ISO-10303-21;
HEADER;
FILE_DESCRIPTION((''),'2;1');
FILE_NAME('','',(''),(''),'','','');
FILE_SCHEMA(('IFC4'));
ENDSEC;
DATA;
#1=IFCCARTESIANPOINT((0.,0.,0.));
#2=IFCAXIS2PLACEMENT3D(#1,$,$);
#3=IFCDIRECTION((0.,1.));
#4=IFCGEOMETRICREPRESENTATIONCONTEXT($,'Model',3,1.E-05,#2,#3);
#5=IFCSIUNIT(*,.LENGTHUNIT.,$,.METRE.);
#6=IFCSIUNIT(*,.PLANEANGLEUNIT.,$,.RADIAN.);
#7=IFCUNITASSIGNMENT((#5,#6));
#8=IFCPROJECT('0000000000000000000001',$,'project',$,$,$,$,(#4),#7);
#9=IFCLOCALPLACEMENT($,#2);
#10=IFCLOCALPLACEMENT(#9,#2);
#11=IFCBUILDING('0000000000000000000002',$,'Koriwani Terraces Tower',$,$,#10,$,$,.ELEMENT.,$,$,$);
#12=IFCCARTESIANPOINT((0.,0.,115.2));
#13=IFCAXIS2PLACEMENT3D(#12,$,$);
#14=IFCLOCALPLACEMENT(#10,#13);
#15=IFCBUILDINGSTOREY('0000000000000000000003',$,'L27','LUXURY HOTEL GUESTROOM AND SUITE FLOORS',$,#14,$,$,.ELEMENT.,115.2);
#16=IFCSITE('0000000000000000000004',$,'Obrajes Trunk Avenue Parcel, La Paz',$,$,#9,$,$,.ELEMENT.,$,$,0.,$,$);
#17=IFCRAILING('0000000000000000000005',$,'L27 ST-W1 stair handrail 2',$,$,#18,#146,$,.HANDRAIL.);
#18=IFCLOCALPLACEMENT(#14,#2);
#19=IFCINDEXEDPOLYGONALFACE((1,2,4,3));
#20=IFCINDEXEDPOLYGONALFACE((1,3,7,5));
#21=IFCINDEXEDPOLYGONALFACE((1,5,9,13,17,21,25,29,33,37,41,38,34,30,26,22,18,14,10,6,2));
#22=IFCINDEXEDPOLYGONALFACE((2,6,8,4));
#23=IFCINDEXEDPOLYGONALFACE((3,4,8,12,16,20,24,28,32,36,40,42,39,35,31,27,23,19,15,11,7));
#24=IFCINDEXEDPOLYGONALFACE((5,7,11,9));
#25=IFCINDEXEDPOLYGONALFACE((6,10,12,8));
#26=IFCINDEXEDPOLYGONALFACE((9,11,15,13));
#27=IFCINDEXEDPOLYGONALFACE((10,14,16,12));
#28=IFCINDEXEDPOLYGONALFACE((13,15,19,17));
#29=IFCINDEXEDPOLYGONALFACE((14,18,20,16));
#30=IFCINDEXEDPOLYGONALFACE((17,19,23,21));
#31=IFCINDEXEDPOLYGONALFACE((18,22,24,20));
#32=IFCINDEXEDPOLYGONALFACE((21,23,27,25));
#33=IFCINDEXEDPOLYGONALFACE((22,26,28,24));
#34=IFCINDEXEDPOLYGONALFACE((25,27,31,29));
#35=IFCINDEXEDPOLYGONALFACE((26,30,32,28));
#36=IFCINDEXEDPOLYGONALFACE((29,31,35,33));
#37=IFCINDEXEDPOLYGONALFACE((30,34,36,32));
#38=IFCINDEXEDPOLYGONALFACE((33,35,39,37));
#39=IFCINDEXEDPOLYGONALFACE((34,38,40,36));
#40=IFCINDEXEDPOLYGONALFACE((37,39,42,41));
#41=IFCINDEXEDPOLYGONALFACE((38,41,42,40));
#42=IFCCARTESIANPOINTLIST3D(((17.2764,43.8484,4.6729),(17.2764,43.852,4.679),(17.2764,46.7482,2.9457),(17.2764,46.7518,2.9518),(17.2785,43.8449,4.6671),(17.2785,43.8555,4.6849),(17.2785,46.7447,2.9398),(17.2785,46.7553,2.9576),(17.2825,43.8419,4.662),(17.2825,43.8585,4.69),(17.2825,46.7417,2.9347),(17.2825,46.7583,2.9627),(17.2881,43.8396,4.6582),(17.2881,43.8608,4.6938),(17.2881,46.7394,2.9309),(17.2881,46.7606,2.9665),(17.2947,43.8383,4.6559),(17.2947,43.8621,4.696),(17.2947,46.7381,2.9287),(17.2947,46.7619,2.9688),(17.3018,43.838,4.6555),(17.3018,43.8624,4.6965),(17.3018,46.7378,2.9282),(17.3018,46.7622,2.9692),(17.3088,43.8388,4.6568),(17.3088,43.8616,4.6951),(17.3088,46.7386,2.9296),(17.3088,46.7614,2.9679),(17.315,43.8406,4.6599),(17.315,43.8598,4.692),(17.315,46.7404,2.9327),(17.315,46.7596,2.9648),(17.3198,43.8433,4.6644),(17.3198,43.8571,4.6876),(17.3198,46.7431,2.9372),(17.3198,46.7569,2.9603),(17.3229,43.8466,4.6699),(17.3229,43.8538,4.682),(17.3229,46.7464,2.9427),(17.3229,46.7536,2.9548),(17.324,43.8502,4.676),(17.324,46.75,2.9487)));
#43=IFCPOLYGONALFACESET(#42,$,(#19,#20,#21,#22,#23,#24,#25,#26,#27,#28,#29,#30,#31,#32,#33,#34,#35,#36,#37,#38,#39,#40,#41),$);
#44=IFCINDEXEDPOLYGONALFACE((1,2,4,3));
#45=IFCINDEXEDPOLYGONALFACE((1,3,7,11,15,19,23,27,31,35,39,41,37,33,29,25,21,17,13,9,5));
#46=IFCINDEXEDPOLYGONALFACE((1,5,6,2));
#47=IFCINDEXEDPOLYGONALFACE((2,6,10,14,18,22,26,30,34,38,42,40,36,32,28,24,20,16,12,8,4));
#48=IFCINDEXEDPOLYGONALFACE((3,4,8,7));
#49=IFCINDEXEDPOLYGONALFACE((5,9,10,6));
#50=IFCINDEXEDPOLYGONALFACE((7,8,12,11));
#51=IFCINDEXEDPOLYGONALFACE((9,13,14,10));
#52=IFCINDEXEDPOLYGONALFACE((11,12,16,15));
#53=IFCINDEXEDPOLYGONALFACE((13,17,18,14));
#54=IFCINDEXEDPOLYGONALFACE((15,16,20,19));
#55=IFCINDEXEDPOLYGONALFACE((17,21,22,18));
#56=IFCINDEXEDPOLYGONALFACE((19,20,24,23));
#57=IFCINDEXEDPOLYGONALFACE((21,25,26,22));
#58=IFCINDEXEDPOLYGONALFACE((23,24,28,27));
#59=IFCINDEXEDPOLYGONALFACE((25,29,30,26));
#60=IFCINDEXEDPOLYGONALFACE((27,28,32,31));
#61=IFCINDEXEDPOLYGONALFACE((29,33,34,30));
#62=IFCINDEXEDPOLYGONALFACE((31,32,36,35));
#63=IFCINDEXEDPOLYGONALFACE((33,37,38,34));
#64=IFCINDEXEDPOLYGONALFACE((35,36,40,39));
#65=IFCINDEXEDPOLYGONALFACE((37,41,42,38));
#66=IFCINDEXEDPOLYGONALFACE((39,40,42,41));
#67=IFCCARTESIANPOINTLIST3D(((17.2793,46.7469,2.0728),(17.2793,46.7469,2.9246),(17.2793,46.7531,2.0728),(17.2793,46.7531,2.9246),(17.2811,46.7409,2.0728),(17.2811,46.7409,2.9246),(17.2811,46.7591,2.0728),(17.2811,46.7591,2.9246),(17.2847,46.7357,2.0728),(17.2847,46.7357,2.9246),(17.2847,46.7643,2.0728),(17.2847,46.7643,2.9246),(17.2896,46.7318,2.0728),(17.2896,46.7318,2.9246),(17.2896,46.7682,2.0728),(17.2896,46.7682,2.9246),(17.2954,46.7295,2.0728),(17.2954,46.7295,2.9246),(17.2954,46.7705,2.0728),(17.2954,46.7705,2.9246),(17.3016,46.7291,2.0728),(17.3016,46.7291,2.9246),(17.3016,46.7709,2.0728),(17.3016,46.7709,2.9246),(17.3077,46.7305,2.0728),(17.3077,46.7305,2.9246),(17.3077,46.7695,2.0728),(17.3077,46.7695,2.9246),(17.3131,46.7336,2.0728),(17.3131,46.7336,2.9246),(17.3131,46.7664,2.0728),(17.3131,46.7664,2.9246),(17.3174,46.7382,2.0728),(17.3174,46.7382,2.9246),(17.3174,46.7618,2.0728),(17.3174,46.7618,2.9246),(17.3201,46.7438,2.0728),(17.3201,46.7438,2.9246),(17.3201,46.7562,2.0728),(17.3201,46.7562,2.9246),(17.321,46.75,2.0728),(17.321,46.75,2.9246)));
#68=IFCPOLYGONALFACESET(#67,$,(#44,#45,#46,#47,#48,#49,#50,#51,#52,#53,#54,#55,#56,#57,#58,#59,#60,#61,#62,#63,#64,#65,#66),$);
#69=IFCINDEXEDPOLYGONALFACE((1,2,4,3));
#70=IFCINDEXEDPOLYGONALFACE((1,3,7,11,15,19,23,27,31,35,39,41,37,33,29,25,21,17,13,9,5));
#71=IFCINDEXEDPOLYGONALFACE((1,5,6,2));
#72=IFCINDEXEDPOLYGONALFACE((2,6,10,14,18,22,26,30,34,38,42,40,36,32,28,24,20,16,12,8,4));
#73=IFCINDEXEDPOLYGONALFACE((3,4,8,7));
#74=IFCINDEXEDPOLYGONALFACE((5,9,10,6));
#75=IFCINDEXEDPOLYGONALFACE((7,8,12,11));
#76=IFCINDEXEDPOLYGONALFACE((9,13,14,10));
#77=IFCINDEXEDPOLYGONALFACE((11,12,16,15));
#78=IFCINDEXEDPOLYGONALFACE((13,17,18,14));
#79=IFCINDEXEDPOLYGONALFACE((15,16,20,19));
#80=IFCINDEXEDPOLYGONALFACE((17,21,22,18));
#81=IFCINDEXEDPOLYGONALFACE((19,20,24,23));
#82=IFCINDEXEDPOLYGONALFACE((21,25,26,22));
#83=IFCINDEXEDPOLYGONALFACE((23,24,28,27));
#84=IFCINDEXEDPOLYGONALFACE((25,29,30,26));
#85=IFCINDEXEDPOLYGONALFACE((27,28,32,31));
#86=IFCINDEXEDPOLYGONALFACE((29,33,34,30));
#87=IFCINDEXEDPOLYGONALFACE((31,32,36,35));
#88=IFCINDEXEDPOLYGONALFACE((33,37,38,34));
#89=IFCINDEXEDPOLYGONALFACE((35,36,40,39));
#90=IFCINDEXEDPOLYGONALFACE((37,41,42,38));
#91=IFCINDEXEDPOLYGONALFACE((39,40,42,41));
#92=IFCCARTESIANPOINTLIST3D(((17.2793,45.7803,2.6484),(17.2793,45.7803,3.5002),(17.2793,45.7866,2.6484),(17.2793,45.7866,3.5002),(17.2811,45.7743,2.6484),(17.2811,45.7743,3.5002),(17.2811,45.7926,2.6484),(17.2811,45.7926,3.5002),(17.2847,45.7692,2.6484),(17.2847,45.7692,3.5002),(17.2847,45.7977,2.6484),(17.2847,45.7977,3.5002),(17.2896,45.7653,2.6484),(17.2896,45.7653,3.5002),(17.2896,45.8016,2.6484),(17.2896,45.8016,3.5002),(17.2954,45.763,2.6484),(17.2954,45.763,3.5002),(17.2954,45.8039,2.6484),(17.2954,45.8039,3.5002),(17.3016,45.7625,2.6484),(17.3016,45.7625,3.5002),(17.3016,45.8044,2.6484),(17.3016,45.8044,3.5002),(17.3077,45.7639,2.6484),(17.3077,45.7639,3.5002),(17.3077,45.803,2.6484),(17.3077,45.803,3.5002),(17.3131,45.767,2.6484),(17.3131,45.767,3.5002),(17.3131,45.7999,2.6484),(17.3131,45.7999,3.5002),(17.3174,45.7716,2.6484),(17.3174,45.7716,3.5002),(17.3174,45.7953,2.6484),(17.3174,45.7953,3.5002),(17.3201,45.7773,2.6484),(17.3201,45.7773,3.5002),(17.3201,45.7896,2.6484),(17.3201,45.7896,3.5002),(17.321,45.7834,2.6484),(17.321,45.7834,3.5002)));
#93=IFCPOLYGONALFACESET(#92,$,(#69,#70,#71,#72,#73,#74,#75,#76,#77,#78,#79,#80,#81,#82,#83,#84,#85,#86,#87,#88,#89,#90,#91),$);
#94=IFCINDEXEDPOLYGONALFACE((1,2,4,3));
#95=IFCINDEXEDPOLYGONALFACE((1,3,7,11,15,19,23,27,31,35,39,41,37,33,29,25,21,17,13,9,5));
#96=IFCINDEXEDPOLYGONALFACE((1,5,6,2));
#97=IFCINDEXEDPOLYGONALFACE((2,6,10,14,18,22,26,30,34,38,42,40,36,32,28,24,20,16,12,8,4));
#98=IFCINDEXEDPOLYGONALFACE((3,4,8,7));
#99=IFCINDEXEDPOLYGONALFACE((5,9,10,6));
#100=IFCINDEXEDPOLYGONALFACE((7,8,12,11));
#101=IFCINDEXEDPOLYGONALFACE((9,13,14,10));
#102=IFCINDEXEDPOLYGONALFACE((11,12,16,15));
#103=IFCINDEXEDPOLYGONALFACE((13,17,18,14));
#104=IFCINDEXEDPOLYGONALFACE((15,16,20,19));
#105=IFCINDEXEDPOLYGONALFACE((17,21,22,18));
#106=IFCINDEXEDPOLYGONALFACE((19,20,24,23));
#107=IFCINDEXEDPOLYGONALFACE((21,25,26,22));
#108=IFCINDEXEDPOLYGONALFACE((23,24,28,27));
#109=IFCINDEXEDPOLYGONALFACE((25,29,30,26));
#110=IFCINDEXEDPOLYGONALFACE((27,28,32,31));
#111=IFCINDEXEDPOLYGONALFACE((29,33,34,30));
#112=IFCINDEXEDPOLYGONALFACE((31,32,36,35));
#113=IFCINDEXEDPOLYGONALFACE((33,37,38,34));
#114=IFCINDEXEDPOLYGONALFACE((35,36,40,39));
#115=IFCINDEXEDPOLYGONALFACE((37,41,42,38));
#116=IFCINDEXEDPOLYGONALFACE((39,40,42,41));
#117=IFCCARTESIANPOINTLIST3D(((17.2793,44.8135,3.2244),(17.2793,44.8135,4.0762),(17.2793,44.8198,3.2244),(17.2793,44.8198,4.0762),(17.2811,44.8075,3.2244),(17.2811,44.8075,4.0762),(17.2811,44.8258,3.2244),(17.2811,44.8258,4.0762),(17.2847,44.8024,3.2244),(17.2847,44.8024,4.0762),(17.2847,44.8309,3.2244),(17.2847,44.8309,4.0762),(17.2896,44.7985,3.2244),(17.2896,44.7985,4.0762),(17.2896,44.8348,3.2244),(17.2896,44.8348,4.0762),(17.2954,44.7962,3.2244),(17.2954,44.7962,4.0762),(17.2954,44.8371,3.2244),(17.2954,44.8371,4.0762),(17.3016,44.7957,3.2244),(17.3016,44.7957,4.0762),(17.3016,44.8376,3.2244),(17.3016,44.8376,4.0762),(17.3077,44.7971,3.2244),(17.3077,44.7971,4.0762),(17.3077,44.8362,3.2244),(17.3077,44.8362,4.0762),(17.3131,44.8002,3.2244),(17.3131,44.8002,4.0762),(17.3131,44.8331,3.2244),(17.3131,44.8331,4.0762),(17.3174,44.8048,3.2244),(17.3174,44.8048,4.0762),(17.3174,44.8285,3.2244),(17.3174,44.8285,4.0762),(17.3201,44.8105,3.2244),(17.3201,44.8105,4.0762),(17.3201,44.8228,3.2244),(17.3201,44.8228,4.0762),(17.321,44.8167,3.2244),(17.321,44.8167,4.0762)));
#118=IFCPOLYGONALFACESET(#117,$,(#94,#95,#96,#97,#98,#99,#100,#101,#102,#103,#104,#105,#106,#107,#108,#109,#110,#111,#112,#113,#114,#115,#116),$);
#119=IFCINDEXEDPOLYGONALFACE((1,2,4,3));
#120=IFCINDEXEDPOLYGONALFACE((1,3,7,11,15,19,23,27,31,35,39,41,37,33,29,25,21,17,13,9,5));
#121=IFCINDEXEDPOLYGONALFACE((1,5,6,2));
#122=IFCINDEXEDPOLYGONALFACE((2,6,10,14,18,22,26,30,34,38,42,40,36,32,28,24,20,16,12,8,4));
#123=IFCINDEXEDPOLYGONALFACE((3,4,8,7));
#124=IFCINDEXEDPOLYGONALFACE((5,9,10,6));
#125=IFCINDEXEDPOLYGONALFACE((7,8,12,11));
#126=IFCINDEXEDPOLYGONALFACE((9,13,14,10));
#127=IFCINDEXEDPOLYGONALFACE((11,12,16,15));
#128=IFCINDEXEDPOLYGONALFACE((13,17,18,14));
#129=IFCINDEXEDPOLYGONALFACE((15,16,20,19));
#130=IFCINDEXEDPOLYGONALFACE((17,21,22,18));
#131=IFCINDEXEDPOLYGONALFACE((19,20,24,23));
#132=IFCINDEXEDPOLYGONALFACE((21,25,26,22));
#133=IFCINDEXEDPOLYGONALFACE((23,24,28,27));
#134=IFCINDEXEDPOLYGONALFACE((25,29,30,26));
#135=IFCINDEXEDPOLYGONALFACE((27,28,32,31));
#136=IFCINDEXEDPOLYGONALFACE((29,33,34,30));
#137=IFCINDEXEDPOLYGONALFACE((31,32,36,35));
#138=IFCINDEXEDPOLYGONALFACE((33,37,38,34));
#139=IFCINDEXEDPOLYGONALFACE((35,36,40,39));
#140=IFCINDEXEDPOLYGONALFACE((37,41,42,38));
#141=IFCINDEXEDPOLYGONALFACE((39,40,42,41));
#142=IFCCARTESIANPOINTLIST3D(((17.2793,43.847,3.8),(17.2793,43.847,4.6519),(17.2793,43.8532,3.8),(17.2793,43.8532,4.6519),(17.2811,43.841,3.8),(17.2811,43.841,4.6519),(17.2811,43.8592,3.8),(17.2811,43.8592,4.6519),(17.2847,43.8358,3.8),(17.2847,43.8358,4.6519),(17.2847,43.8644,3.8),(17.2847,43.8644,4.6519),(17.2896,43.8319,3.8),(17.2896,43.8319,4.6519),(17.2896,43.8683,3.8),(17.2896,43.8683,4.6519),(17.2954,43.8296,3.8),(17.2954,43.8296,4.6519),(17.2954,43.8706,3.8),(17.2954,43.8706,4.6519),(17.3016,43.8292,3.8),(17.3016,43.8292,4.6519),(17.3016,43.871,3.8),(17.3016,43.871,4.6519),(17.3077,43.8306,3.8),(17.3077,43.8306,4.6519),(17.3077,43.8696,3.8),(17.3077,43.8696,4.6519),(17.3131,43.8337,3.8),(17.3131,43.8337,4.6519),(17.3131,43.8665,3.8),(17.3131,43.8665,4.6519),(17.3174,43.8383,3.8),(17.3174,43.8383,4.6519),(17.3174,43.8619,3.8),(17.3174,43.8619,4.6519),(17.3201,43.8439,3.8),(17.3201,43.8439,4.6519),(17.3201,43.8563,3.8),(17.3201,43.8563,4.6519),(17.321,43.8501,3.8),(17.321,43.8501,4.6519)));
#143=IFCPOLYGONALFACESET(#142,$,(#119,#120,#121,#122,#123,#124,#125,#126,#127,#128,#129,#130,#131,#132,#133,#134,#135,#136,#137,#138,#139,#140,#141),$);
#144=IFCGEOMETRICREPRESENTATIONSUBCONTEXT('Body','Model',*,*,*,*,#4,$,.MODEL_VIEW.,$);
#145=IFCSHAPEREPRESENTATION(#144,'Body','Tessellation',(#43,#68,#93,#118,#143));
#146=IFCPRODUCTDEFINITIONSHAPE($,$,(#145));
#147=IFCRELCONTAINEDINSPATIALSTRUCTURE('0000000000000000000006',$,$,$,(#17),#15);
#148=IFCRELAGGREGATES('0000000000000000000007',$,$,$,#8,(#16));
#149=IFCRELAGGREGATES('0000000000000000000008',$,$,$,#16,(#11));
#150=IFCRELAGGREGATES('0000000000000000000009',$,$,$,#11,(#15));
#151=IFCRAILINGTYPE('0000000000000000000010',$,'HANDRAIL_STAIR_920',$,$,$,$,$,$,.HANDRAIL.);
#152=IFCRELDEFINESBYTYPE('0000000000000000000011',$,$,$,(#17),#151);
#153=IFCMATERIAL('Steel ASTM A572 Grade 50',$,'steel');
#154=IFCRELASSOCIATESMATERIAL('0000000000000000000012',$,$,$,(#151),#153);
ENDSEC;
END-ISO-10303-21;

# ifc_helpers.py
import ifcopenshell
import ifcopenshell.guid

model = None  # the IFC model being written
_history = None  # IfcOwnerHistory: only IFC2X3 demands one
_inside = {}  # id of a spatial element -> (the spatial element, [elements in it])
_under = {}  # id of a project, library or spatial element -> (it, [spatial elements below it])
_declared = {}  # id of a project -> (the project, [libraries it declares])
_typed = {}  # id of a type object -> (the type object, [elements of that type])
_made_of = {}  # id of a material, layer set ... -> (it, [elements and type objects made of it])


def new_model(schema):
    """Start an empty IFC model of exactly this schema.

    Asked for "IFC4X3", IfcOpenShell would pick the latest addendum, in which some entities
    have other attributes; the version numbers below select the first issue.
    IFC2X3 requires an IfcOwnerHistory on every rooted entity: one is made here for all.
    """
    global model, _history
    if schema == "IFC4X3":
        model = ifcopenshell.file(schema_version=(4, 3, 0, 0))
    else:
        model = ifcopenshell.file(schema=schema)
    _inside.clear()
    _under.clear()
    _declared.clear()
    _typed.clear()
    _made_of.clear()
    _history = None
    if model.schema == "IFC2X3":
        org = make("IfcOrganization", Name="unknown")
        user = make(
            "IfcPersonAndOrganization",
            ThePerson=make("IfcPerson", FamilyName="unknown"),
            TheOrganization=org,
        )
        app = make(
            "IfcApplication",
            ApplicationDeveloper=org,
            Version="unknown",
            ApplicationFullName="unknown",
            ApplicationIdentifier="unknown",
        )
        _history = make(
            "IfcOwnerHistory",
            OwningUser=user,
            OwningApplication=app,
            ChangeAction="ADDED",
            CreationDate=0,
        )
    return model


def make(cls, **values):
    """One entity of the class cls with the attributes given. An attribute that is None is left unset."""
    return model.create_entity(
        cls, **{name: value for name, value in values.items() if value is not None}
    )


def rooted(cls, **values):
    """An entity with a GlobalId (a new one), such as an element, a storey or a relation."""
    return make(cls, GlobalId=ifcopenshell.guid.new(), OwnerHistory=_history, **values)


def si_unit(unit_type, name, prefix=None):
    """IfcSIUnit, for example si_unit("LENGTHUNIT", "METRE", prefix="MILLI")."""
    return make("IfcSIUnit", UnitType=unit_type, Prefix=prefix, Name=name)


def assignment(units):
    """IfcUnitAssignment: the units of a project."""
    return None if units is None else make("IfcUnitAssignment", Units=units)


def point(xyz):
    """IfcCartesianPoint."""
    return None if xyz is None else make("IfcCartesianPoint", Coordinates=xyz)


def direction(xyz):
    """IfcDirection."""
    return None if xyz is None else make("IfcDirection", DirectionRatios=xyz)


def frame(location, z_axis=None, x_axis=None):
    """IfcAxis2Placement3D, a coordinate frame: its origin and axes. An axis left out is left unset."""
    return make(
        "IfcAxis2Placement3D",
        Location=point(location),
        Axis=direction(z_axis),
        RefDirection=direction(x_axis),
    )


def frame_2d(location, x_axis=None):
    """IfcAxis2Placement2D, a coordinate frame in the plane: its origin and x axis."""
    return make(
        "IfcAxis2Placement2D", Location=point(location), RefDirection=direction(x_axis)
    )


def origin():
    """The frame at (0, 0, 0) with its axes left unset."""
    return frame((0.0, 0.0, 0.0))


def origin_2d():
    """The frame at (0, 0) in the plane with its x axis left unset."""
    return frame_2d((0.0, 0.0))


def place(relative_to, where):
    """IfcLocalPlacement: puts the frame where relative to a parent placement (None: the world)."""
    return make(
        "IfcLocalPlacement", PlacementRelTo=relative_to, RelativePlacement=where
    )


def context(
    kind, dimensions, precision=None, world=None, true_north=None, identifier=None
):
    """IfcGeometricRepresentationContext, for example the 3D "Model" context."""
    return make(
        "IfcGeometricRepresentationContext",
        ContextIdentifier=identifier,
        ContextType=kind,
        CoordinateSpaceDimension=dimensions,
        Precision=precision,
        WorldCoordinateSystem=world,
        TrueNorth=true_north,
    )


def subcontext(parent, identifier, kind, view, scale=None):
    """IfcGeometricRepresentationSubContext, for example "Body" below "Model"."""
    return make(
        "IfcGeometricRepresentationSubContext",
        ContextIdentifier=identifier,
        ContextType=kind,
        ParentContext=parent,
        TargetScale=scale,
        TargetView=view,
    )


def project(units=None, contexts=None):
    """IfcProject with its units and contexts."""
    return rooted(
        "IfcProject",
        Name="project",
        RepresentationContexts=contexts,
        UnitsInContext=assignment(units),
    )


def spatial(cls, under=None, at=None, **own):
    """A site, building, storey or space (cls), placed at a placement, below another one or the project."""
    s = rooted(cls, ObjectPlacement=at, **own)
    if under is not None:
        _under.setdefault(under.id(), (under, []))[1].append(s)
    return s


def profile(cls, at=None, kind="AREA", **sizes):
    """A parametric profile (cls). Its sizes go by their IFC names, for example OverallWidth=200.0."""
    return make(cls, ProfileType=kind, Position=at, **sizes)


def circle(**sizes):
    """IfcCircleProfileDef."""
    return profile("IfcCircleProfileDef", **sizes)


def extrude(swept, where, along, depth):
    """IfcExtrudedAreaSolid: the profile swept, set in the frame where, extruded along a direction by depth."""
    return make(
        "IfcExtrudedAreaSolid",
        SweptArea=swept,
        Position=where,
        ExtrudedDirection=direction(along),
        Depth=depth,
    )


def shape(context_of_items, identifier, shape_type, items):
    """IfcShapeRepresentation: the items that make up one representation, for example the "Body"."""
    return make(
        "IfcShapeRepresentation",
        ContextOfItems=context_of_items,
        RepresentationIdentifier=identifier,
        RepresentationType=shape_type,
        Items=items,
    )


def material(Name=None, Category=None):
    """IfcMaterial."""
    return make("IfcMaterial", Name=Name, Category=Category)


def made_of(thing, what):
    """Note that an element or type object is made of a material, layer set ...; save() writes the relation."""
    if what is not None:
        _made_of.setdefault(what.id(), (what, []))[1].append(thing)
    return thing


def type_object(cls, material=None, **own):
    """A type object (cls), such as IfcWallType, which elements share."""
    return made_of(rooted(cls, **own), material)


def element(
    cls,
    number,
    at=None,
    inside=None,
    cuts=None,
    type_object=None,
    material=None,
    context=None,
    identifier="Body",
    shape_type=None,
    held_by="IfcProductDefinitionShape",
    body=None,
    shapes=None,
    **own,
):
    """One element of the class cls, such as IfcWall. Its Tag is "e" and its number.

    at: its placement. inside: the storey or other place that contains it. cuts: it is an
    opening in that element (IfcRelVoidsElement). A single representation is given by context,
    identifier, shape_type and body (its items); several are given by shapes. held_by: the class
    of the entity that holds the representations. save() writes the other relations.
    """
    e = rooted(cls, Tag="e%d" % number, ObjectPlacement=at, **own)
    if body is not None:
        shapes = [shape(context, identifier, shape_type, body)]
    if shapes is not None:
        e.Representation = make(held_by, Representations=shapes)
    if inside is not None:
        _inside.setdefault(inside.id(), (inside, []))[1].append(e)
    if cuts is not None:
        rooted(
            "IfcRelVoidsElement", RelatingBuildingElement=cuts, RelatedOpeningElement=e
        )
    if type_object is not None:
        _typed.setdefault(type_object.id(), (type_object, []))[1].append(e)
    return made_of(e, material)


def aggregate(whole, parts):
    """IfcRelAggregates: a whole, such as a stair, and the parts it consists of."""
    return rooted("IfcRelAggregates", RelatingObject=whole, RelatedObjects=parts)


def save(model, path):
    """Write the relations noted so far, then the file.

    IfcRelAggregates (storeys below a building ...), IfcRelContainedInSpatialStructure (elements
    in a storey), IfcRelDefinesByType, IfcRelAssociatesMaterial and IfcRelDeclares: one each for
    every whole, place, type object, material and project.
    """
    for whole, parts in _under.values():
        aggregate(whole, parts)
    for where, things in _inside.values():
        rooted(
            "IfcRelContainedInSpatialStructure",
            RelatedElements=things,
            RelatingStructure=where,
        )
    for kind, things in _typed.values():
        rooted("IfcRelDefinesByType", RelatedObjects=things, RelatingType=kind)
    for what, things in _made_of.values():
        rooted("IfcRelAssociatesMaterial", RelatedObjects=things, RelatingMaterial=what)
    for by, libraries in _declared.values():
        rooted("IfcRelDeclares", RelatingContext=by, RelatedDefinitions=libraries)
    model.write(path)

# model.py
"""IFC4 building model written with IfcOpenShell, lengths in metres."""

from ifc_helpers import new_model, si_unit, direction, frame, origin, origin_2d, place, context, subcontext, project, spatial, circle, extrude, material, type_object, element, save


model = new_model("IFC4")

# Units and contexts
model_context = context("Model", 3, precision=1e-05, world=origin(), true_north=direction((0.0, 1.0)))
body_context = subcontext(model_context, "Body", "Model", "MODEL_VIEW")
ifc_project = project(units=[si_unit("LENGTHUNIT", "METRE"), si_unit("PLANEANGLEUNIT", "RADIAN")], contexts=[model_context])

# Site, building, storey
site_placement = place(None, origin())
site = spatial("IfcSite", under=ifc_project, at=site_placement, Name="Obrajes Trunk Avenue Parcel, La Paz", CompositionType="ELEMENT", RefElevation=0.0)
building_placement = place(site_placement, origin())
building = spatial("IfcBuilding", under=site, at=building_placement, Name="Koriwani Terraces Tower", CompositionType="ELEMENT")
storey_placement = place(building_placement, frame((0.0, 0.0, 115.2)))
storey = spatial("IfcBuildingStorey", under=building, at=storey_placement, Name="L27", Description="LUXURY HOTEL GUESTROOM AND SUITE FLOORS", CompositionType="ELEMENT", Elevation=115.2)

# Shared definitions
ifc_material_1 = material(Name="Steel ASTM A572 Grade 50", Category="steel")

# Railing
railing_type = type_object("IfcRailingType", Name="HANDRAIL_STAIR_920", PredefinedType="HANDRAIL", material=ifc_material_1)
railing_placement = place(storey_placement, frame((17.3, 46.75, 2.0728)))
element("IfcRailing", 1, at=railing_placement, inside=storey, type_object=railing_type, Name="L27 ST-W1 stair handrail 2", PredefinedType="HANDRAIL", context=body_context, shape_type="SweptSolid", body=[
    extrude(circle(Radius=0.0239, at=origin_2d()), frame((0.0, 0.0, 0.876), z_axis=(0.0, -0.859141, 0.511738), x_axis=(1.0, 0.0, 0.0)), (0.0, 0.0, 1.0), 3.3752),
    extrude(circle(Radius=0.021, at=origin_2d()), origin(), (0.0, 0.0, 1.0), 0.8518),
    extrude(circle(Radius=0.021, at=origin_2d()), frame((0.0, -0.9666, 0.5757)), (0.0, 0.0, 1.0), 0.8518),
    extrude(circle(Radius=0.021, at=origin_2d()), frame((0.0, -1.9333, 1.1516)), (0.0, 0.0, 1.0), 0.8518),
    extrude(circle(Radius=0.021, at=origin_2d()), frame((0.0, -2.8999, 1.7273)), (0.0, 0.0, 1.0), 0.8518),
])

save(model, "model.ifc")
